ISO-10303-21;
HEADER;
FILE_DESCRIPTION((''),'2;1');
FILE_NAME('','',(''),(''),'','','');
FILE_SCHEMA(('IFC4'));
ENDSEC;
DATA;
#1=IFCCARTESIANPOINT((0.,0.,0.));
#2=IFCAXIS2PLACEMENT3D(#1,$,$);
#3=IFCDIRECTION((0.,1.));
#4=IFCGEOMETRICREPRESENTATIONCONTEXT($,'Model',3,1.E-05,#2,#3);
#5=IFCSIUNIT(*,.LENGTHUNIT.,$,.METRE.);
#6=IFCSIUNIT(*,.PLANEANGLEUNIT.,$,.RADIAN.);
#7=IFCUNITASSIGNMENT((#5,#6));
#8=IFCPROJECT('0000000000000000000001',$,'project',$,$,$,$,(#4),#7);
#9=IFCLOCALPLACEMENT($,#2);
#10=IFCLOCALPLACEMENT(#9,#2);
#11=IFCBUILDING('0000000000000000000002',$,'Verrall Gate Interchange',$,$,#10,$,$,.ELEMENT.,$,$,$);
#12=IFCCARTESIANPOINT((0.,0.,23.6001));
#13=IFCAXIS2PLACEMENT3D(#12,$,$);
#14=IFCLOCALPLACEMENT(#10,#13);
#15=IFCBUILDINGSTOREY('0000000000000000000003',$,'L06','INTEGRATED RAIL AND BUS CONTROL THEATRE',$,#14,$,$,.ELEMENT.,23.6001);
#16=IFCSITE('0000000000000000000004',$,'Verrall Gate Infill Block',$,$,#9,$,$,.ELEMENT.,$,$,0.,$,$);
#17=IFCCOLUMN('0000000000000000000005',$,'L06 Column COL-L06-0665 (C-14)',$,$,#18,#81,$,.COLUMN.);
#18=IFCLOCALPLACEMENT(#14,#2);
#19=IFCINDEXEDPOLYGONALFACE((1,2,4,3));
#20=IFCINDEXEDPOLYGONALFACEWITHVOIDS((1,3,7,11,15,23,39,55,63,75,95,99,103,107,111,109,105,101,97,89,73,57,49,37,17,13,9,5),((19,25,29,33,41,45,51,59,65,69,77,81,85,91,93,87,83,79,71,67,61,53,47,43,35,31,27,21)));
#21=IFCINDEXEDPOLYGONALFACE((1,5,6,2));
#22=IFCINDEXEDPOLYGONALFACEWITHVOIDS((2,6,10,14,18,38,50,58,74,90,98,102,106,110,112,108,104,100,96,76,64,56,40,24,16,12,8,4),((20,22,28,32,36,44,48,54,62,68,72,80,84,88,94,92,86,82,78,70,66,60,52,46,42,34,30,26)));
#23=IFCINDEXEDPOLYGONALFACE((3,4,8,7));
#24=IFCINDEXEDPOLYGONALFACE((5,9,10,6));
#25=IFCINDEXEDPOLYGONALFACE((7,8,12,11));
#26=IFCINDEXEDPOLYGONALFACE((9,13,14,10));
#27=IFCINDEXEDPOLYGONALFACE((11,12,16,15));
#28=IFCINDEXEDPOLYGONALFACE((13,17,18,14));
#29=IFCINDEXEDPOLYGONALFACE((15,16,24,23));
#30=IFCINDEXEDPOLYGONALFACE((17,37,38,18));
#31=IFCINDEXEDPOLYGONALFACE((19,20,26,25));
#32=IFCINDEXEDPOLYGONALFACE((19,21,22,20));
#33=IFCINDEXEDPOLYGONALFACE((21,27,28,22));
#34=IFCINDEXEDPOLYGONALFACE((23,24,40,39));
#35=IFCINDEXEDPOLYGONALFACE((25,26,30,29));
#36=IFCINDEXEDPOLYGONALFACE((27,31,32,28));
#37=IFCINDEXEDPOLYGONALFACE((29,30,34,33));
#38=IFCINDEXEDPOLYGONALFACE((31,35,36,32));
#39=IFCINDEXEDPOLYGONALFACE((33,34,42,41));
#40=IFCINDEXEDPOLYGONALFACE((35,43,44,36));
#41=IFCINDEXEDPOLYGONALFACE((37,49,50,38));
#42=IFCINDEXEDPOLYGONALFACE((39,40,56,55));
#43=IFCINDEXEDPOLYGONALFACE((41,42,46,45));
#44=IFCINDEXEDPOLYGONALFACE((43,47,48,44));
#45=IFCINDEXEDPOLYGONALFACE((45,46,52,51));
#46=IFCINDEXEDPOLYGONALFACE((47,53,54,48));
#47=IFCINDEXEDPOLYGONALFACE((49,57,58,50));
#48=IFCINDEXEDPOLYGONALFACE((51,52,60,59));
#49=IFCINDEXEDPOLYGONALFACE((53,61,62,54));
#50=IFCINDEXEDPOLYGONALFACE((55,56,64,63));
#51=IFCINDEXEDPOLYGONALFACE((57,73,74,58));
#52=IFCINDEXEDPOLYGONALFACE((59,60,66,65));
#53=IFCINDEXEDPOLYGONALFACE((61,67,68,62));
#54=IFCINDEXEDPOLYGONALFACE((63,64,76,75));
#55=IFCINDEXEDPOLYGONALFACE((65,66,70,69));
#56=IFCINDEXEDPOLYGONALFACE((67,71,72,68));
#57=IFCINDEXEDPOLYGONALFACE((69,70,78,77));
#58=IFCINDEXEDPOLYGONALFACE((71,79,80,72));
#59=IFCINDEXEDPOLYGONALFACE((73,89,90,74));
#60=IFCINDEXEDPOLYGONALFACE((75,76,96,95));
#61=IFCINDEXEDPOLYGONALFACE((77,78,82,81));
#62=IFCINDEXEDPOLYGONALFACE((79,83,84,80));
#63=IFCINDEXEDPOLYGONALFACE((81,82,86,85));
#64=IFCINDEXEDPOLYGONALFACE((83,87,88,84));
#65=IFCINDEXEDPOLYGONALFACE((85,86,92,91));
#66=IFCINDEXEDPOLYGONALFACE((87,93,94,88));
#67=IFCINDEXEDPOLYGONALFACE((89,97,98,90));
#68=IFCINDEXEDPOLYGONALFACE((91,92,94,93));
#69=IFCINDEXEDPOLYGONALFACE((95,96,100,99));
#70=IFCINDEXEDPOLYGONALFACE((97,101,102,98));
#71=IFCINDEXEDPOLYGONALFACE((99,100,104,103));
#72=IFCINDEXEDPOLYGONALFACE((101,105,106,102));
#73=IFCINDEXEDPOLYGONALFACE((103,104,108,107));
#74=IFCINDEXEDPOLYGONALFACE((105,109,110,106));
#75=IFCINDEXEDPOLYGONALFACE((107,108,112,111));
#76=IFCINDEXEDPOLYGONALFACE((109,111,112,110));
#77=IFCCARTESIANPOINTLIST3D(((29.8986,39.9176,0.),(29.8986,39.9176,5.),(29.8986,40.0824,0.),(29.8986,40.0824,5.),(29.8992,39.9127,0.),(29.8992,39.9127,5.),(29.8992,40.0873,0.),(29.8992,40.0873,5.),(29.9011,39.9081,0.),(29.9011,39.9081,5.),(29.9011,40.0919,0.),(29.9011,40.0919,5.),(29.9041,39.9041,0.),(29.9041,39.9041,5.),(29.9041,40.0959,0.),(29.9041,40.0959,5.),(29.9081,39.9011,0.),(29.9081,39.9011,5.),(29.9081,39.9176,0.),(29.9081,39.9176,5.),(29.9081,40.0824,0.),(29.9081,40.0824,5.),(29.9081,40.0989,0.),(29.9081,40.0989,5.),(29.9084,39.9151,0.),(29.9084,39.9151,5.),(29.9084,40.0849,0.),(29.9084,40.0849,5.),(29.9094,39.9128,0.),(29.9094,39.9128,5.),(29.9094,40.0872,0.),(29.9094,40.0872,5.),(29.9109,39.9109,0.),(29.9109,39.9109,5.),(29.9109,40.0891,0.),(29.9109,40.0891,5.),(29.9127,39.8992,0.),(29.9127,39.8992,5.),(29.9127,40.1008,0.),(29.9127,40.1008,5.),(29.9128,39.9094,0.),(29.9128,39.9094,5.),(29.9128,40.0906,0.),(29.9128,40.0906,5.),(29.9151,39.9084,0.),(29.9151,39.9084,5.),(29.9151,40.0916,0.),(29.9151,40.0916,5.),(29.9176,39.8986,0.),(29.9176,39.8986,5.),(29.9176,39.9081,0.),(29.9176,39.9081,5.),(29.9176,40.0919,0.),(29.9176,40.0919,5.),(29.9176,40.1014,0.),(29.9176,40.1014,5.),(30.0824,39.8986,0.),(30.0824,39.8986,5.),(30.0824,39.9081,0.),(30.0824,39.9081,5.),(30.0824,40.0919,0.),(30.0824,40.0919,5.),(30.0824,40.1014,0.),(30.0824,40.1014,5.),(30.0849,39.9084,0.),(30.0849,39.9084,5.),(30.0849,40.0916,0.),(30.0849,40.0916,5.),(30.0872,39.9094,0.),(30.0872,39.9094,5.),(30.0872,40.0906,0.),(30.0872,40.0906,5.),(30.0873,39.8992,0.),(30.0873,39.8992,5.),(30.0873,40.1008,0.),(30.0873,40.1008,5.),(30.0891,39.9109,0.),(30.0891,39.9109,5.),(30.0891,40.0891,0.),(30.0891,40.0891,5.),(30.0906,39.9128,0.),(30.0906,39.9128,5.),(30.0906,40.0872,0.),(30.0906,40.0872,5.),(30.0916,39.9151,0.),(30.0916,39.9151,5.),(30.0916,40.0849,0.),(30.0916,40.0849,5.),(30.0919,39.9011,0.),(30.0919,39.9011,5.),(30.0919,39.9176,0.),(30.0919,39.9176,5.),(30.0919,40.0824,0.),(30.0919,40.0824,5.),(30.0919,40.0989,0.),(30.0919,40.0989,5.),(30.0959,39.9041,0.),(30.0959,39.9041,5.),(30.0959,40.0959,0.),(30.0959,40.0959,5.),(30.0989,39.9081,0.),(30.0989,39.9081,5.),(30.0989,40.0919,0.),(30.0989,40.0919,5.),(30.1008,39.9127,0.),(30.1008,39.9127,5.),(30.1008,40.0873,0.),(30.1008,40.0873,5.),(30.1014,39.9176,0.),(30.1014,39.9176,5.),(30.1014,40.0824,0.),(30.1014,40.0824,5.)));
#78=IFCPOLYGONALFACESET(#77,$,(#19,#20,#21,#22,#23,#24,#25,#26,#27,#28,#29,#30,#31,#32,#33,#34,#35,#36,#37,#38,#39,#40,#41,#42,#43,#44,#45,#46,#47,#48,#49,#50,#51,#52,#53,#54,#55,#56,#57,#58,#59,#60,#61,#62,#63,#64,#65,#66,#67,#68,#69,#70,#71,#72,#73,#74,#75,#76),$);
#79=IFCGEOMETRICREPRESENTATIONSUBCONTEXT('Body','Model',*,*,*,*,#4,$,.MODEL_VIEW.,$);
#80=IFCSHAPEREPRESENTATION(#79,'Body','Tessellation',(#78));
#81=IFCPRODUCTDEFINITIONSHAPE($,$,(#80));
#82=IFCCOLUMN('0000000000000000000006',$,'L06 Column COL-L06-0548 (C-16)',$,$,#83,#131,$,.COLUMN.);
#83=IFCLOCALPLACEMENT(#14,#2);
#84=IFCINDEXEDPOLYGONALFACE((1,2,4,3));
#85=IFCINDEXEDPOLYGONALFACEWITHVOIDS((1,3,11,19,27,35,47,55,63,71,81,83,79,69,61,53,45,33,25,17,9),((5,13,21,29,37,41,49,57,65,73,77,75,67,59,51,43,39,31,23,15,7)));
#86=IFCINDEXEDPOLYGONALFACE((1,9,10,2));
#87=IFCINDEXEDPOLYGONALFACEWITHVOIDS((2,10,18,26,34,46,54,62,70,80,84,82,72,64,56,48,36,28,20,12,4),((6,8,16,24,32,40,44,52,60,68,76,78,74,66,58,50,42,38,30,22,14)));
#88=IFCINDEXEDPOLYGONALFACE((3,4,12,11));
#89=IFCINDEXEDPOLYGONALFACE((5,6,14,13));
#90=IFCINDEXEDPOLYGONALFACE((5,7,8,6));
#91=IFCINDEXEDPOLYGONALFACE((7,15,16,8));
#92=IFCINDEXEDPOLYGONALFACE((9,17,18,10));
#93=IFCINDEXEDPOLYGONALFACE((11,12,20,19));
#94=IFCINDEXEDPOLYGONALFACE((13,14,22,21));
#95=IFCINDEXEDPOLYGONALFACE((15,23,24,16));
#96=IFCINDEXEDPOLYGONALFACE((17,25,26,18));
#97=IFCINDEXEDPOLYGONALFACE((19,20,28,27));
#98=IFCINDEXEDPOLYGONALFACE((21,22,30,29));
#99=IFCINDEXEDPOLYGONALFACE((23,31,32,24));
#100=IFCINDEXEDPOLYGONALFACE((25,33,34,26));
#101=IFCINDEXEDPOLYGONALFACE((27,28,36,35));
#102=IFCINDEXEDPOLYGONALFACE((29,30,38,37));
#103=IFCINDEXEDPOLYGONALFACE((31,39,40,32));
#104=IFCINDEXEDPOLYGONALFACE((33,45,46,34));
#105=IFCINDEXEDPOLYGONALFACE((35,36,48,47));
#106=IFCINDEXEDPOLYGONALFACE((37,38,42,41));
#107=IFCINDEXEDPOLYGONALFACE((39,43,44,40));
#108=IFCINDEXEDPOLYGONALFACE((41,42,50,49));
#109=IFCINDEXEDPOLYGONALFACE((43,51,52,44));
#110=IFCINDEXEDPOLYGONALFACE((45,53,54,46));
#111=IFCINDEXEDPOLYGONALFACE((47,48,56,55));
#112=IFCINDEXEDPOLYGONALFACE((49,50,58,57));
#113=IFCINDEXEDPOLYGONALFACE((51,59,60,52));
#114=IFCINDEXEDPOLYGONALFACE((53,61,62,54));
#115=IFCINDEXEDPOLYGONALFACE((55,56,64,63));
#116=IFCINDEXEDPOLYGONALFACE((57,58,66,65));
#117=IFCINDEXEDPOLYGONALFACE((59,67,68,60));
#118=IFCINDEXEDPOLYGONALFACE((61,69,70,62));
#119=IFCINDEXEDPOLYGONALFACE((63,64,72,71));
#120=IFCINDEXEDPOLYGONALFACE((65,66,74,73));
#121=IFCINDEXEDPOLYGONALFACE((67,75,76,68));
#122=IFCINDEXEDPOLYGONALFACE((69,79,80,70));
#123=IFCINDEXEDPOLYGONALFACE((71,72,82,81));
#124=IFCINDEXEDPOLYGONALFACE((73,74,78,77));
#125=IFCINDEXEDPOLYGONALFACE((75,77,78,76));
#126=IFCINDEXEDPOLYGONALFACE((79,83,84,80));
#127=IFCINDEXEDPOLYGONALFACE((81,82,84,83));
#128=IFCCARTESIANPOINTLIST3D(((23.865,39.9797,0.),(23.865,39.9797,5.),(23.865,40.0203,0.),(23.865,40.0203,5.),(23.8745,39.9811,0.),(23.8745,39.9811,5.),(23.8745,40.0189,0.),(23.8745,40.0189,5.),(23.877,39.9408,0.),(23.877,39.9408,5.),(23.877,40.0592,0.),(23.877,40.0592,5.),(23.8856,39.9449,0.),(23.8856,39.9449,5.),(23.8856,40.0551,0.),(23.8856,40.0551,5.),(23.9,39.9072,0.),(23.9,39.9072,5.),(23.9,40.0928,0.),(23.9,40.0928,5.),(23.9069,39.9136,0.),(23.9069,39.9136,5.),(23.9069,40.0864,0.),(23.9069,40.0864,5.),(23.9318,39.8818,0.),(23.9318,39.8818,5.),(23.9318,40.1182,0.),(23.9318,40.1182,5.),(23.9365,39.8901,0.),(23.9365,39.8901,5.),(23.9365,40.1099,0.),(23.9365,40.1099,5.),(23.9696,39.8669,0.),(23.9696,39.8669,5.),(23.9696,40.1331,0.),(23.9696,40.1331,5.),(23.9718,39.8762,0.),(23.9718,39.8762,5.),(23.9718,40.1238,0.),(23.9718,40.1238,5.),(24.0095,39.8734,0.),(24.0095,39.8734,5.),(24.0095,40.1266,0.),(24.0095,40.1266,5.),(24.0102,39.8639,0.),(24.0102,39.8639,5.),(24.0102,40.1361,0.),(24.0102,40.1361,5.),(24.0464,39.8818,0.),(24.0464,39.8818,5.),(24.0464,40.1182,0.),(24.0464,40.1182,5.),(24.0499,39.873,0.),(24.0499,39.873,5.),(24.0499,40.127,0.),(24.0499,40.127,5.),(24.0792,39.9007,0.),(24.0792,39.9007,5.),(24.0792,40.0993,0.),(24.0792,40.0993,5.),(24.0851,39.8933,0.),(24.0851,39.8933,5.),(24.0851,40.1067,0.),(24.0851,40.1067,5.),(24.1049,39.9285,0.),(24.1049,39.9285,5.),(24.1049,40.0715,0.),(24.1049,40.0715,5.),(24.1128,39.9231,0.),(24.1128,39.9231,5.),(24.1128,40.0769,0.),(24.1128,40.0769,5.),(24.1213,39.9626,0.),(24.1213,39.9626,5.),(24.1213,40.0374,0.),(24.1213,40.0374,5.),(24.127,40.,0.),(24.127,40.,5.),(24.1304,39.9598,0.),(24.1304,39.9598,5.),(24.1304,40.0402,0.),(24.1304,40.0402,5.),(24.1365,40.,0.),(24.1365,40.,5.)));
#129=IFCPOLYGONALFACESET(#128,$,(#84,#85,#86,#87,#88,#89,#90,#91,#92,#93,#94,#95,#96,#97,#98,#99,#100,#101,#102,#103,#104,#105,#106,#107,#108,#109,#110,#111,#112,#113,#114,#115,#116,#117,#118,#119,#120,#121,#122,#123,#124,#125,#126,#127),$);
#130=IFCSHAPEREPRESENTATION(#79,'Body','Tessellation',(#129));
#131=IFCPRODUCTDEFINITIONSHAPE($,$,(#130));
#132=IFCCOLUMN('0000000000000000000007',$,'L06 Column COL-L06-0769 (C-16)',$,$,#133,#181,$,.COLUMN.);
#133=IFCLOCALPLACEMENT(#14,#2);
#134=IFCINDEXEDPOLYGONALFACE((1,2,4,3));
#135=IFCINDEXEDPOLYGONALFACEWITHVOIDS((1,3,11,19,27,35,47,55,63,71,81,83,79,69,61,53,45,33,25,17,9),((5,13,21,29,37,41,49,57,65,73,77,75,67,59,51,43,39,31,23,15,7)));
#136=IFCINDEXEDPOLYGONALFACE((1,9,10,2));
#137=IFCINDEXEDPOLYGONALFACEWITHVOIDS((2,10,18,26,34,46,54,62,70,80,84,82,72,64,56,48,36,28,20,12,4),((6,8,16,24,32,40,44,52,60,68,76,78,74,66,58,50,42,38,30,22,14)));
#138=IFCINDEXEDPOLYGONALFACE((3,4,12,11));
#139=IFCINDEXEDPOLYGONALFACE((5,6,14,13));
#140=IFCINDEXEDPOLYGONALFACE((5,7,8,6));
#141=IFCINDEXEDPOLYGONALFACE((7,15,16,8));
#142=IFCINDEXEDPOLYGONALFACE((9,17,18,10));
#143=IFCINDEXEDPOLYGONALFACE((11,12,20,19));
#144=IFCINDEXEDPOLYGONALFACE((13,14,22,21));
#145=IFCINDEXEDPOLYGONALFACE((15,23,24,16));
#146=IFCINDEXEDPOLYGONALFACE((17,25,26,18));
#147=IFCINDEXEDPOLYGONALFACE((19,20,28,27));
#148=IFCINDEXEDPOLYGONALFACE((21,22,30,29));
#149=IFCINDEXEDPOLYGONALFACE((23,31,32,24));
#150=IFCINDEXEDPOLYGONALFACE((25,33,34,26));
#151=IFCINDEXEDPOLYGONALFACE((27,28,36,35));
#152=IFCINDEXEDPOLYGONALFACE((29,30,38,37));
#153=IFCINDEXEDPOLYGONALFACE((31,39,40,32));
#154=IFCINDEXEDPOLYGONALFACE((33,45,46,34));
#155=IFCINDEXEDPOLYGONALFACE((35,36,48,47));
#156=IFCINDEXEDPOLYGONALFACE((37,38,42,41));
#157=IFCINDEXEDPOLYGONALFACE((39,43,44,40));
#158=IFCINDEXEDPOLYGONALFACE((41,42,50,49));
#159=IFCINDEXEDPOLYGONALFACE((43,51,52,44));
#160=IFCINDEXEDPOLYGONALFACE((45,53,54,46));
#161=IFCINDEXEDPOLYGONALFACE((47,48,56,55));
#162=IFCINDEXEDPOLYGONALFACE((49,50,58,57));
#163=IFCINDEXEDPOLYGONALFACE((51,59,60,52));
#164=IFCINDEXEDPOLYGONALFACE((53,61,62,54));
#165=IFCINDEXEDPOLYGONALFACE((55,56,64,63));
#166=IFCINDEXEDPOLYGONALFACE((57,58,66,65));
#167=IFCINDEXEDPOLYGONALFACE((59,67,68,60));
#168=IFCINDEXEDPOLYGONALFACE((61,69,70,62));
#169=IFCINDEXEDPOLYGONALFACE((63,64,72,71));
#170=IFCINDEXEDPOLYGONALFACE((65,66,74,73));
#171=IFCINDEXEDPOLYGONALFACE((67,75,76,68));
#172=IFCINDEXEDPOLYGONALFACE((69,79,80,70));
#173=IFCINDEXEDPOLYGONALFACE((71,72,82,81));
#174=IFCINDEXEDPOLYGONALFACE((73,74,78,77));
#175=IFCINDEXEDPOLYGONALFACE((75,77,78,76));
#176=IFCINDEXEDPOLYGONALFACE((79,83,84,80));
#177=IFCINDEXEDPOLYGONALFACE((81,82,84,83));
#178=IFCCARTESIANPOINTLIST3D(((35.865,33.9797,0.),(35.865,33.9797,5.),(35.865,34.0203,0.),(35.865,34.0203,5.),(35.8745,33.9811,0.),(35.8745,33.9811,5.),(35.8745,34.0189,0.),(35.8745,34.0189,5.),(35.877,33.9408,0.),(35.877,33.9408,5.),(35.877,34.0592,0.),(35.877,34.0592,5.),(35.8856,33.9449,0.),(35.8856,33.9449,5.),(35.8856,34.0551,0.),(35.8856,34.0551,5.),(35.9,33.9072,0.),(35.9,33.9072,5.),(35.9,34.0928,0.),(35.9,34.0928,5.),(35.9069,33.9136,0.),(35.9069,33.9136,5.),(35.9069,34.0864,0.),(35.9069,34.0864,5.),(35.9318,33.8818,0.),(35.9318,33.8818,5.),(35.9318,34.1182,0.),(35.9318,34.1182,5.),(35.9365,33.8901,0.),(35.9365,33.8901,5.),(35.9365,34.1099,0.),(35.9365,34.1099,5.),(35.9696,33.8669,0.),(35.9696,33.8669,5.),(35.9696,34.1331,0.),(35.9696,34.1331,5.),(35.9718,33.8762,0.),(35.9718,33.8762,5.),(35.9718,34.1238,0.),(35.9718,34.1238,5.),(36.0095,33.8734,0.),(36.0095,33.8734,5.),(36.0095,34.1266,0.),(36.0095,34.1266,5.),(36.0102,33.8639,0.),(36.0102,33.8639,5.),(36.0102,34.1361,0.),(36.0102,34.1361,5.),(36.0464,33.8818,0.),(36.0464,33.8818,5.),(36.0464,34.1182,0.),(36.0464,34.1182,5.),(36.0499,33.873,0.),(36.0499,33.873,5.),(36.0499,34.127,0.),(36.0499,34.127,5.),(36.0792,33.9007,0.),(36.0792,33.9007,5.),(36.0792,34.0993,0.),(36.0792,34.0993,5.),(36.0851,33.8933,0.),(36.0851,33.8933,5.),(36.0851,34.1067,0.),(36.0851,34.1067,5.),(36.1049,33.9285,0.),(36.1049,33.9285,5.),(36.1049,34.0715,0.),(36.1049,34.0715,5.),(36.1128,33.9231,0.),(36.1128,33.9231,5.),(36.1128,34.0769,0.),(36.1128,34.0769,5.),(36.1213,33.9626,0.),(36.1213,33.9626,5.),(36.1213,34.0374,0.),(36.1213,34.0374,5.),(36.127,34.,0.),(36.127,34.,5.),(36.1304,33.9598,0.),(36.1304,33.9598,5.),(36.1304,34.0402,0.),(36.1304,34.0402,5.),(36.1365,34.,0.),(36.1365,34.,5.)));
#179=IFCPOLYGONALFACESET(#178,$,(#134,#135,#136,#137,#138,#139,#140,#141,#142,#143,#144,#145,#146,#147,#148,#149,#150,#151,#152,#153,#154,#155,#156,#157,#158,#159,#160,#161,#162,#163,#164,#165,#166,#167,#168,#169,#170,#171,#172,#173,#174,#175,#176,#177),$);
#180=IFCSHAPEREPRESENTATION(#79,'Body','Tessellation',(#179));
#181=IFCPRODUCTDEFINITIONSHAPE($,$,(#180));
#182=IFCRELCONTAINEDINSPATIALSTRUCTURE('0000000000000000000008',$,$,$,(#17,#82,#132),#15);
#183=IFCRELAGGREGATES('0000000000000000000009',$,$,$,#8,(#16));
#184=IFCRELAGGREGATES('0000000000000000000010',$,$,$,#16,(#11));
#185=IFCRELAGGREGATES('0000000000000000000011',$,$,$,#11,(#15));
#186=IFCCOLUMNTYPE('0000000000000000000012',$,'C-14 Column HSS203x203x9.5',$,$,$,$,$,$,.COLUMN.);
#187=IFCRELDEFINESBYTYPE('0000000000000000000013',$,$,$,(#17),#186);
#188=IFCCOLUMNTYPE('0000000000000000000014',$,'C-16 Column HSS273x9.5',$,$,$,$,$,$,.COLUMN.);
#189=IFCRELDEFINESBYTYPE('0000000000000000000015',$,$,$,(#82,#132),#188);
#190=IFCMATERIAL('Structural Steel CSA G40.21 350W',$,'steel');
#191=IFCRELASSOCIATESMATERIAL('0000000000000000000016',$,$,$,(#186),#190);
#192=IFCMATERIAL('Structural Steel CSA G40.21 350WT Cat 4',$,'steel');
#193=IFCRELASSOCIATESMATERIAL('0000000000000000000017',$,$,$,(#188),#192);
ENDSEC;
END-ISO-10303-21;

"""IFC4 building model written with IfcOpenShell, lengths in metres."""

from ifc_helpers import new_model, si_unit, direction, frame, origin, origin_2d, place, context, subcontext, project, spatial, hollow_rectangle, hollow_circle, extrude, material, material_profile, profile_set, type_object, element, save


model = new_model("IFC4")

# Units and contexts
model_context = context("Model", 3, precision=1e-05, world=origin(), true_north=direction((0.0, 1.0)))
body_context = subcontext(model_context, "Body", "Model", "MODEL_VIEW")
ifc_project = project(units=[si_unit("LENGTHUNIT", "METRE"), si_unit("PLANEANGLEUNIT", "RADIAN")], contexts=[model_context])

# Site, building, storey
site_placement = place(None, origin())
site = spatial("IfcSite", under=ifc_project, at=site_placement, Name="Verrall Gate Infill Block", CompositionType="ELEMENT", RefElevation=0.0)
building_placement = place(site_placement, origin())
building = spatial("IfcBuilding", under=site, at=building_placement, Name="Verrall Gate Interchange", CompositionType="ELEMENT")
storey_placement = place(building_placement, frame((0.0, 0.0, 23.6001)))
storey = spatial("IfcBuildingStorey", under=building, at=storey_placement, Name="L06", Description="INTEGRATED RAIL AND BUS CONTROL THEATRE", CompositionType="ELEMENT", Elevation=23.6001)

# Columns
ifc_material_1 = material(Name="Structural Steel CSA G40.21 350W", Category="steel")
ifc_material_profile_1 = material_profile(ifc_material_1, hollow_rectangle(XDim=0.2029, YDim=0.2029, WallThickness=0.0095, InnerFilletRadius=0.0095, OuterFilletRadius=0.019, at=origin_2d()), Name="HSS203x203x9.5")
ifc_profile_set_1 = profile_set([ifc_material_profile_1], Name="Structural Steel CSA G40.21 350W")
column_type_1 = type_object("IfcColumnType", Name="C-14 Column HSS203x203x9.5", PredefinedType="COLUMN", material=ifc_profile_set_1)
column_placement = place(storey_placement, frame((30.0, 40.0, 0.0), z_axis=(0.0, 0.0, 1.0), x_axis=(1.0, 0.0, 0.0)))
element("IfcColumn", 1, at=column_placement, inside=storey, type_object=column_type_1, Name="L06 Column COL-L06-0665 (C-14)", PredefinedType="COLUMN", context=body_context, shape_type="SweptSolid", body=[
    extrude(hollow_rectangle(XDim=0.2029, YDim=0.2029, WallThickness=0.0095, InnerFilletRadius=0.0095, OuterFilletRadius=0.019, at=origin_2d()), origin(), (0.0, 0.0, 1.0), 5.0),
])
ifc_material_2 = material(Name="Structural Steel CSA G40.21 350WT Cat 4", Category="steel")
ifc_material_profile_2 = material_profile(ifc_material_2, hollow_circle(Radius=0.1365, WallThickness=0.0095, at=origin_2d()), Name="HSS273x9.5")
ifc_profile_set_2 = profile_set([ifc_material_profile_2], Name="Structural Steel CSA G40.21 350WT Cat 4")
column_type_2 = type_object("IfcColumnType", Name="C-16 Column HSS273x9.5", PredefinedType="COLUMN", material=ifc_profile_set_2)
for number, where, z_axis, x_axis, name in (
    (2, (24.0, 40.0, 0.0), (0.0, 0.0, 1.0), (1.0, 0.0, 0.0), "L06 Column COL-L06-0548 (C-16)"),
    (3, (36.0, 34.0, 0.0), (0.0, 0.0, 1.0), (1.0, 0.0, 0.0), "L06 Column COL-L06-0769 (C-16)"),
):
    element("IfcColumn", number, at=place(storey_placement, frame(where, z_axis=z_axis, x_axis=x_axis)), inside=storey, type_object=column_type_2, Name=name, PredefinedType="COLUMN", context=body_context, shape_type="SweptSolid", body=[
        extrude(hollow_circle(Radius=0.1365, WallThickness=0.0095, at=origin_2d()), origin(), (0.0, 0.0, 1.0), 5.0),
    ])

save(model, "model.ifc")
